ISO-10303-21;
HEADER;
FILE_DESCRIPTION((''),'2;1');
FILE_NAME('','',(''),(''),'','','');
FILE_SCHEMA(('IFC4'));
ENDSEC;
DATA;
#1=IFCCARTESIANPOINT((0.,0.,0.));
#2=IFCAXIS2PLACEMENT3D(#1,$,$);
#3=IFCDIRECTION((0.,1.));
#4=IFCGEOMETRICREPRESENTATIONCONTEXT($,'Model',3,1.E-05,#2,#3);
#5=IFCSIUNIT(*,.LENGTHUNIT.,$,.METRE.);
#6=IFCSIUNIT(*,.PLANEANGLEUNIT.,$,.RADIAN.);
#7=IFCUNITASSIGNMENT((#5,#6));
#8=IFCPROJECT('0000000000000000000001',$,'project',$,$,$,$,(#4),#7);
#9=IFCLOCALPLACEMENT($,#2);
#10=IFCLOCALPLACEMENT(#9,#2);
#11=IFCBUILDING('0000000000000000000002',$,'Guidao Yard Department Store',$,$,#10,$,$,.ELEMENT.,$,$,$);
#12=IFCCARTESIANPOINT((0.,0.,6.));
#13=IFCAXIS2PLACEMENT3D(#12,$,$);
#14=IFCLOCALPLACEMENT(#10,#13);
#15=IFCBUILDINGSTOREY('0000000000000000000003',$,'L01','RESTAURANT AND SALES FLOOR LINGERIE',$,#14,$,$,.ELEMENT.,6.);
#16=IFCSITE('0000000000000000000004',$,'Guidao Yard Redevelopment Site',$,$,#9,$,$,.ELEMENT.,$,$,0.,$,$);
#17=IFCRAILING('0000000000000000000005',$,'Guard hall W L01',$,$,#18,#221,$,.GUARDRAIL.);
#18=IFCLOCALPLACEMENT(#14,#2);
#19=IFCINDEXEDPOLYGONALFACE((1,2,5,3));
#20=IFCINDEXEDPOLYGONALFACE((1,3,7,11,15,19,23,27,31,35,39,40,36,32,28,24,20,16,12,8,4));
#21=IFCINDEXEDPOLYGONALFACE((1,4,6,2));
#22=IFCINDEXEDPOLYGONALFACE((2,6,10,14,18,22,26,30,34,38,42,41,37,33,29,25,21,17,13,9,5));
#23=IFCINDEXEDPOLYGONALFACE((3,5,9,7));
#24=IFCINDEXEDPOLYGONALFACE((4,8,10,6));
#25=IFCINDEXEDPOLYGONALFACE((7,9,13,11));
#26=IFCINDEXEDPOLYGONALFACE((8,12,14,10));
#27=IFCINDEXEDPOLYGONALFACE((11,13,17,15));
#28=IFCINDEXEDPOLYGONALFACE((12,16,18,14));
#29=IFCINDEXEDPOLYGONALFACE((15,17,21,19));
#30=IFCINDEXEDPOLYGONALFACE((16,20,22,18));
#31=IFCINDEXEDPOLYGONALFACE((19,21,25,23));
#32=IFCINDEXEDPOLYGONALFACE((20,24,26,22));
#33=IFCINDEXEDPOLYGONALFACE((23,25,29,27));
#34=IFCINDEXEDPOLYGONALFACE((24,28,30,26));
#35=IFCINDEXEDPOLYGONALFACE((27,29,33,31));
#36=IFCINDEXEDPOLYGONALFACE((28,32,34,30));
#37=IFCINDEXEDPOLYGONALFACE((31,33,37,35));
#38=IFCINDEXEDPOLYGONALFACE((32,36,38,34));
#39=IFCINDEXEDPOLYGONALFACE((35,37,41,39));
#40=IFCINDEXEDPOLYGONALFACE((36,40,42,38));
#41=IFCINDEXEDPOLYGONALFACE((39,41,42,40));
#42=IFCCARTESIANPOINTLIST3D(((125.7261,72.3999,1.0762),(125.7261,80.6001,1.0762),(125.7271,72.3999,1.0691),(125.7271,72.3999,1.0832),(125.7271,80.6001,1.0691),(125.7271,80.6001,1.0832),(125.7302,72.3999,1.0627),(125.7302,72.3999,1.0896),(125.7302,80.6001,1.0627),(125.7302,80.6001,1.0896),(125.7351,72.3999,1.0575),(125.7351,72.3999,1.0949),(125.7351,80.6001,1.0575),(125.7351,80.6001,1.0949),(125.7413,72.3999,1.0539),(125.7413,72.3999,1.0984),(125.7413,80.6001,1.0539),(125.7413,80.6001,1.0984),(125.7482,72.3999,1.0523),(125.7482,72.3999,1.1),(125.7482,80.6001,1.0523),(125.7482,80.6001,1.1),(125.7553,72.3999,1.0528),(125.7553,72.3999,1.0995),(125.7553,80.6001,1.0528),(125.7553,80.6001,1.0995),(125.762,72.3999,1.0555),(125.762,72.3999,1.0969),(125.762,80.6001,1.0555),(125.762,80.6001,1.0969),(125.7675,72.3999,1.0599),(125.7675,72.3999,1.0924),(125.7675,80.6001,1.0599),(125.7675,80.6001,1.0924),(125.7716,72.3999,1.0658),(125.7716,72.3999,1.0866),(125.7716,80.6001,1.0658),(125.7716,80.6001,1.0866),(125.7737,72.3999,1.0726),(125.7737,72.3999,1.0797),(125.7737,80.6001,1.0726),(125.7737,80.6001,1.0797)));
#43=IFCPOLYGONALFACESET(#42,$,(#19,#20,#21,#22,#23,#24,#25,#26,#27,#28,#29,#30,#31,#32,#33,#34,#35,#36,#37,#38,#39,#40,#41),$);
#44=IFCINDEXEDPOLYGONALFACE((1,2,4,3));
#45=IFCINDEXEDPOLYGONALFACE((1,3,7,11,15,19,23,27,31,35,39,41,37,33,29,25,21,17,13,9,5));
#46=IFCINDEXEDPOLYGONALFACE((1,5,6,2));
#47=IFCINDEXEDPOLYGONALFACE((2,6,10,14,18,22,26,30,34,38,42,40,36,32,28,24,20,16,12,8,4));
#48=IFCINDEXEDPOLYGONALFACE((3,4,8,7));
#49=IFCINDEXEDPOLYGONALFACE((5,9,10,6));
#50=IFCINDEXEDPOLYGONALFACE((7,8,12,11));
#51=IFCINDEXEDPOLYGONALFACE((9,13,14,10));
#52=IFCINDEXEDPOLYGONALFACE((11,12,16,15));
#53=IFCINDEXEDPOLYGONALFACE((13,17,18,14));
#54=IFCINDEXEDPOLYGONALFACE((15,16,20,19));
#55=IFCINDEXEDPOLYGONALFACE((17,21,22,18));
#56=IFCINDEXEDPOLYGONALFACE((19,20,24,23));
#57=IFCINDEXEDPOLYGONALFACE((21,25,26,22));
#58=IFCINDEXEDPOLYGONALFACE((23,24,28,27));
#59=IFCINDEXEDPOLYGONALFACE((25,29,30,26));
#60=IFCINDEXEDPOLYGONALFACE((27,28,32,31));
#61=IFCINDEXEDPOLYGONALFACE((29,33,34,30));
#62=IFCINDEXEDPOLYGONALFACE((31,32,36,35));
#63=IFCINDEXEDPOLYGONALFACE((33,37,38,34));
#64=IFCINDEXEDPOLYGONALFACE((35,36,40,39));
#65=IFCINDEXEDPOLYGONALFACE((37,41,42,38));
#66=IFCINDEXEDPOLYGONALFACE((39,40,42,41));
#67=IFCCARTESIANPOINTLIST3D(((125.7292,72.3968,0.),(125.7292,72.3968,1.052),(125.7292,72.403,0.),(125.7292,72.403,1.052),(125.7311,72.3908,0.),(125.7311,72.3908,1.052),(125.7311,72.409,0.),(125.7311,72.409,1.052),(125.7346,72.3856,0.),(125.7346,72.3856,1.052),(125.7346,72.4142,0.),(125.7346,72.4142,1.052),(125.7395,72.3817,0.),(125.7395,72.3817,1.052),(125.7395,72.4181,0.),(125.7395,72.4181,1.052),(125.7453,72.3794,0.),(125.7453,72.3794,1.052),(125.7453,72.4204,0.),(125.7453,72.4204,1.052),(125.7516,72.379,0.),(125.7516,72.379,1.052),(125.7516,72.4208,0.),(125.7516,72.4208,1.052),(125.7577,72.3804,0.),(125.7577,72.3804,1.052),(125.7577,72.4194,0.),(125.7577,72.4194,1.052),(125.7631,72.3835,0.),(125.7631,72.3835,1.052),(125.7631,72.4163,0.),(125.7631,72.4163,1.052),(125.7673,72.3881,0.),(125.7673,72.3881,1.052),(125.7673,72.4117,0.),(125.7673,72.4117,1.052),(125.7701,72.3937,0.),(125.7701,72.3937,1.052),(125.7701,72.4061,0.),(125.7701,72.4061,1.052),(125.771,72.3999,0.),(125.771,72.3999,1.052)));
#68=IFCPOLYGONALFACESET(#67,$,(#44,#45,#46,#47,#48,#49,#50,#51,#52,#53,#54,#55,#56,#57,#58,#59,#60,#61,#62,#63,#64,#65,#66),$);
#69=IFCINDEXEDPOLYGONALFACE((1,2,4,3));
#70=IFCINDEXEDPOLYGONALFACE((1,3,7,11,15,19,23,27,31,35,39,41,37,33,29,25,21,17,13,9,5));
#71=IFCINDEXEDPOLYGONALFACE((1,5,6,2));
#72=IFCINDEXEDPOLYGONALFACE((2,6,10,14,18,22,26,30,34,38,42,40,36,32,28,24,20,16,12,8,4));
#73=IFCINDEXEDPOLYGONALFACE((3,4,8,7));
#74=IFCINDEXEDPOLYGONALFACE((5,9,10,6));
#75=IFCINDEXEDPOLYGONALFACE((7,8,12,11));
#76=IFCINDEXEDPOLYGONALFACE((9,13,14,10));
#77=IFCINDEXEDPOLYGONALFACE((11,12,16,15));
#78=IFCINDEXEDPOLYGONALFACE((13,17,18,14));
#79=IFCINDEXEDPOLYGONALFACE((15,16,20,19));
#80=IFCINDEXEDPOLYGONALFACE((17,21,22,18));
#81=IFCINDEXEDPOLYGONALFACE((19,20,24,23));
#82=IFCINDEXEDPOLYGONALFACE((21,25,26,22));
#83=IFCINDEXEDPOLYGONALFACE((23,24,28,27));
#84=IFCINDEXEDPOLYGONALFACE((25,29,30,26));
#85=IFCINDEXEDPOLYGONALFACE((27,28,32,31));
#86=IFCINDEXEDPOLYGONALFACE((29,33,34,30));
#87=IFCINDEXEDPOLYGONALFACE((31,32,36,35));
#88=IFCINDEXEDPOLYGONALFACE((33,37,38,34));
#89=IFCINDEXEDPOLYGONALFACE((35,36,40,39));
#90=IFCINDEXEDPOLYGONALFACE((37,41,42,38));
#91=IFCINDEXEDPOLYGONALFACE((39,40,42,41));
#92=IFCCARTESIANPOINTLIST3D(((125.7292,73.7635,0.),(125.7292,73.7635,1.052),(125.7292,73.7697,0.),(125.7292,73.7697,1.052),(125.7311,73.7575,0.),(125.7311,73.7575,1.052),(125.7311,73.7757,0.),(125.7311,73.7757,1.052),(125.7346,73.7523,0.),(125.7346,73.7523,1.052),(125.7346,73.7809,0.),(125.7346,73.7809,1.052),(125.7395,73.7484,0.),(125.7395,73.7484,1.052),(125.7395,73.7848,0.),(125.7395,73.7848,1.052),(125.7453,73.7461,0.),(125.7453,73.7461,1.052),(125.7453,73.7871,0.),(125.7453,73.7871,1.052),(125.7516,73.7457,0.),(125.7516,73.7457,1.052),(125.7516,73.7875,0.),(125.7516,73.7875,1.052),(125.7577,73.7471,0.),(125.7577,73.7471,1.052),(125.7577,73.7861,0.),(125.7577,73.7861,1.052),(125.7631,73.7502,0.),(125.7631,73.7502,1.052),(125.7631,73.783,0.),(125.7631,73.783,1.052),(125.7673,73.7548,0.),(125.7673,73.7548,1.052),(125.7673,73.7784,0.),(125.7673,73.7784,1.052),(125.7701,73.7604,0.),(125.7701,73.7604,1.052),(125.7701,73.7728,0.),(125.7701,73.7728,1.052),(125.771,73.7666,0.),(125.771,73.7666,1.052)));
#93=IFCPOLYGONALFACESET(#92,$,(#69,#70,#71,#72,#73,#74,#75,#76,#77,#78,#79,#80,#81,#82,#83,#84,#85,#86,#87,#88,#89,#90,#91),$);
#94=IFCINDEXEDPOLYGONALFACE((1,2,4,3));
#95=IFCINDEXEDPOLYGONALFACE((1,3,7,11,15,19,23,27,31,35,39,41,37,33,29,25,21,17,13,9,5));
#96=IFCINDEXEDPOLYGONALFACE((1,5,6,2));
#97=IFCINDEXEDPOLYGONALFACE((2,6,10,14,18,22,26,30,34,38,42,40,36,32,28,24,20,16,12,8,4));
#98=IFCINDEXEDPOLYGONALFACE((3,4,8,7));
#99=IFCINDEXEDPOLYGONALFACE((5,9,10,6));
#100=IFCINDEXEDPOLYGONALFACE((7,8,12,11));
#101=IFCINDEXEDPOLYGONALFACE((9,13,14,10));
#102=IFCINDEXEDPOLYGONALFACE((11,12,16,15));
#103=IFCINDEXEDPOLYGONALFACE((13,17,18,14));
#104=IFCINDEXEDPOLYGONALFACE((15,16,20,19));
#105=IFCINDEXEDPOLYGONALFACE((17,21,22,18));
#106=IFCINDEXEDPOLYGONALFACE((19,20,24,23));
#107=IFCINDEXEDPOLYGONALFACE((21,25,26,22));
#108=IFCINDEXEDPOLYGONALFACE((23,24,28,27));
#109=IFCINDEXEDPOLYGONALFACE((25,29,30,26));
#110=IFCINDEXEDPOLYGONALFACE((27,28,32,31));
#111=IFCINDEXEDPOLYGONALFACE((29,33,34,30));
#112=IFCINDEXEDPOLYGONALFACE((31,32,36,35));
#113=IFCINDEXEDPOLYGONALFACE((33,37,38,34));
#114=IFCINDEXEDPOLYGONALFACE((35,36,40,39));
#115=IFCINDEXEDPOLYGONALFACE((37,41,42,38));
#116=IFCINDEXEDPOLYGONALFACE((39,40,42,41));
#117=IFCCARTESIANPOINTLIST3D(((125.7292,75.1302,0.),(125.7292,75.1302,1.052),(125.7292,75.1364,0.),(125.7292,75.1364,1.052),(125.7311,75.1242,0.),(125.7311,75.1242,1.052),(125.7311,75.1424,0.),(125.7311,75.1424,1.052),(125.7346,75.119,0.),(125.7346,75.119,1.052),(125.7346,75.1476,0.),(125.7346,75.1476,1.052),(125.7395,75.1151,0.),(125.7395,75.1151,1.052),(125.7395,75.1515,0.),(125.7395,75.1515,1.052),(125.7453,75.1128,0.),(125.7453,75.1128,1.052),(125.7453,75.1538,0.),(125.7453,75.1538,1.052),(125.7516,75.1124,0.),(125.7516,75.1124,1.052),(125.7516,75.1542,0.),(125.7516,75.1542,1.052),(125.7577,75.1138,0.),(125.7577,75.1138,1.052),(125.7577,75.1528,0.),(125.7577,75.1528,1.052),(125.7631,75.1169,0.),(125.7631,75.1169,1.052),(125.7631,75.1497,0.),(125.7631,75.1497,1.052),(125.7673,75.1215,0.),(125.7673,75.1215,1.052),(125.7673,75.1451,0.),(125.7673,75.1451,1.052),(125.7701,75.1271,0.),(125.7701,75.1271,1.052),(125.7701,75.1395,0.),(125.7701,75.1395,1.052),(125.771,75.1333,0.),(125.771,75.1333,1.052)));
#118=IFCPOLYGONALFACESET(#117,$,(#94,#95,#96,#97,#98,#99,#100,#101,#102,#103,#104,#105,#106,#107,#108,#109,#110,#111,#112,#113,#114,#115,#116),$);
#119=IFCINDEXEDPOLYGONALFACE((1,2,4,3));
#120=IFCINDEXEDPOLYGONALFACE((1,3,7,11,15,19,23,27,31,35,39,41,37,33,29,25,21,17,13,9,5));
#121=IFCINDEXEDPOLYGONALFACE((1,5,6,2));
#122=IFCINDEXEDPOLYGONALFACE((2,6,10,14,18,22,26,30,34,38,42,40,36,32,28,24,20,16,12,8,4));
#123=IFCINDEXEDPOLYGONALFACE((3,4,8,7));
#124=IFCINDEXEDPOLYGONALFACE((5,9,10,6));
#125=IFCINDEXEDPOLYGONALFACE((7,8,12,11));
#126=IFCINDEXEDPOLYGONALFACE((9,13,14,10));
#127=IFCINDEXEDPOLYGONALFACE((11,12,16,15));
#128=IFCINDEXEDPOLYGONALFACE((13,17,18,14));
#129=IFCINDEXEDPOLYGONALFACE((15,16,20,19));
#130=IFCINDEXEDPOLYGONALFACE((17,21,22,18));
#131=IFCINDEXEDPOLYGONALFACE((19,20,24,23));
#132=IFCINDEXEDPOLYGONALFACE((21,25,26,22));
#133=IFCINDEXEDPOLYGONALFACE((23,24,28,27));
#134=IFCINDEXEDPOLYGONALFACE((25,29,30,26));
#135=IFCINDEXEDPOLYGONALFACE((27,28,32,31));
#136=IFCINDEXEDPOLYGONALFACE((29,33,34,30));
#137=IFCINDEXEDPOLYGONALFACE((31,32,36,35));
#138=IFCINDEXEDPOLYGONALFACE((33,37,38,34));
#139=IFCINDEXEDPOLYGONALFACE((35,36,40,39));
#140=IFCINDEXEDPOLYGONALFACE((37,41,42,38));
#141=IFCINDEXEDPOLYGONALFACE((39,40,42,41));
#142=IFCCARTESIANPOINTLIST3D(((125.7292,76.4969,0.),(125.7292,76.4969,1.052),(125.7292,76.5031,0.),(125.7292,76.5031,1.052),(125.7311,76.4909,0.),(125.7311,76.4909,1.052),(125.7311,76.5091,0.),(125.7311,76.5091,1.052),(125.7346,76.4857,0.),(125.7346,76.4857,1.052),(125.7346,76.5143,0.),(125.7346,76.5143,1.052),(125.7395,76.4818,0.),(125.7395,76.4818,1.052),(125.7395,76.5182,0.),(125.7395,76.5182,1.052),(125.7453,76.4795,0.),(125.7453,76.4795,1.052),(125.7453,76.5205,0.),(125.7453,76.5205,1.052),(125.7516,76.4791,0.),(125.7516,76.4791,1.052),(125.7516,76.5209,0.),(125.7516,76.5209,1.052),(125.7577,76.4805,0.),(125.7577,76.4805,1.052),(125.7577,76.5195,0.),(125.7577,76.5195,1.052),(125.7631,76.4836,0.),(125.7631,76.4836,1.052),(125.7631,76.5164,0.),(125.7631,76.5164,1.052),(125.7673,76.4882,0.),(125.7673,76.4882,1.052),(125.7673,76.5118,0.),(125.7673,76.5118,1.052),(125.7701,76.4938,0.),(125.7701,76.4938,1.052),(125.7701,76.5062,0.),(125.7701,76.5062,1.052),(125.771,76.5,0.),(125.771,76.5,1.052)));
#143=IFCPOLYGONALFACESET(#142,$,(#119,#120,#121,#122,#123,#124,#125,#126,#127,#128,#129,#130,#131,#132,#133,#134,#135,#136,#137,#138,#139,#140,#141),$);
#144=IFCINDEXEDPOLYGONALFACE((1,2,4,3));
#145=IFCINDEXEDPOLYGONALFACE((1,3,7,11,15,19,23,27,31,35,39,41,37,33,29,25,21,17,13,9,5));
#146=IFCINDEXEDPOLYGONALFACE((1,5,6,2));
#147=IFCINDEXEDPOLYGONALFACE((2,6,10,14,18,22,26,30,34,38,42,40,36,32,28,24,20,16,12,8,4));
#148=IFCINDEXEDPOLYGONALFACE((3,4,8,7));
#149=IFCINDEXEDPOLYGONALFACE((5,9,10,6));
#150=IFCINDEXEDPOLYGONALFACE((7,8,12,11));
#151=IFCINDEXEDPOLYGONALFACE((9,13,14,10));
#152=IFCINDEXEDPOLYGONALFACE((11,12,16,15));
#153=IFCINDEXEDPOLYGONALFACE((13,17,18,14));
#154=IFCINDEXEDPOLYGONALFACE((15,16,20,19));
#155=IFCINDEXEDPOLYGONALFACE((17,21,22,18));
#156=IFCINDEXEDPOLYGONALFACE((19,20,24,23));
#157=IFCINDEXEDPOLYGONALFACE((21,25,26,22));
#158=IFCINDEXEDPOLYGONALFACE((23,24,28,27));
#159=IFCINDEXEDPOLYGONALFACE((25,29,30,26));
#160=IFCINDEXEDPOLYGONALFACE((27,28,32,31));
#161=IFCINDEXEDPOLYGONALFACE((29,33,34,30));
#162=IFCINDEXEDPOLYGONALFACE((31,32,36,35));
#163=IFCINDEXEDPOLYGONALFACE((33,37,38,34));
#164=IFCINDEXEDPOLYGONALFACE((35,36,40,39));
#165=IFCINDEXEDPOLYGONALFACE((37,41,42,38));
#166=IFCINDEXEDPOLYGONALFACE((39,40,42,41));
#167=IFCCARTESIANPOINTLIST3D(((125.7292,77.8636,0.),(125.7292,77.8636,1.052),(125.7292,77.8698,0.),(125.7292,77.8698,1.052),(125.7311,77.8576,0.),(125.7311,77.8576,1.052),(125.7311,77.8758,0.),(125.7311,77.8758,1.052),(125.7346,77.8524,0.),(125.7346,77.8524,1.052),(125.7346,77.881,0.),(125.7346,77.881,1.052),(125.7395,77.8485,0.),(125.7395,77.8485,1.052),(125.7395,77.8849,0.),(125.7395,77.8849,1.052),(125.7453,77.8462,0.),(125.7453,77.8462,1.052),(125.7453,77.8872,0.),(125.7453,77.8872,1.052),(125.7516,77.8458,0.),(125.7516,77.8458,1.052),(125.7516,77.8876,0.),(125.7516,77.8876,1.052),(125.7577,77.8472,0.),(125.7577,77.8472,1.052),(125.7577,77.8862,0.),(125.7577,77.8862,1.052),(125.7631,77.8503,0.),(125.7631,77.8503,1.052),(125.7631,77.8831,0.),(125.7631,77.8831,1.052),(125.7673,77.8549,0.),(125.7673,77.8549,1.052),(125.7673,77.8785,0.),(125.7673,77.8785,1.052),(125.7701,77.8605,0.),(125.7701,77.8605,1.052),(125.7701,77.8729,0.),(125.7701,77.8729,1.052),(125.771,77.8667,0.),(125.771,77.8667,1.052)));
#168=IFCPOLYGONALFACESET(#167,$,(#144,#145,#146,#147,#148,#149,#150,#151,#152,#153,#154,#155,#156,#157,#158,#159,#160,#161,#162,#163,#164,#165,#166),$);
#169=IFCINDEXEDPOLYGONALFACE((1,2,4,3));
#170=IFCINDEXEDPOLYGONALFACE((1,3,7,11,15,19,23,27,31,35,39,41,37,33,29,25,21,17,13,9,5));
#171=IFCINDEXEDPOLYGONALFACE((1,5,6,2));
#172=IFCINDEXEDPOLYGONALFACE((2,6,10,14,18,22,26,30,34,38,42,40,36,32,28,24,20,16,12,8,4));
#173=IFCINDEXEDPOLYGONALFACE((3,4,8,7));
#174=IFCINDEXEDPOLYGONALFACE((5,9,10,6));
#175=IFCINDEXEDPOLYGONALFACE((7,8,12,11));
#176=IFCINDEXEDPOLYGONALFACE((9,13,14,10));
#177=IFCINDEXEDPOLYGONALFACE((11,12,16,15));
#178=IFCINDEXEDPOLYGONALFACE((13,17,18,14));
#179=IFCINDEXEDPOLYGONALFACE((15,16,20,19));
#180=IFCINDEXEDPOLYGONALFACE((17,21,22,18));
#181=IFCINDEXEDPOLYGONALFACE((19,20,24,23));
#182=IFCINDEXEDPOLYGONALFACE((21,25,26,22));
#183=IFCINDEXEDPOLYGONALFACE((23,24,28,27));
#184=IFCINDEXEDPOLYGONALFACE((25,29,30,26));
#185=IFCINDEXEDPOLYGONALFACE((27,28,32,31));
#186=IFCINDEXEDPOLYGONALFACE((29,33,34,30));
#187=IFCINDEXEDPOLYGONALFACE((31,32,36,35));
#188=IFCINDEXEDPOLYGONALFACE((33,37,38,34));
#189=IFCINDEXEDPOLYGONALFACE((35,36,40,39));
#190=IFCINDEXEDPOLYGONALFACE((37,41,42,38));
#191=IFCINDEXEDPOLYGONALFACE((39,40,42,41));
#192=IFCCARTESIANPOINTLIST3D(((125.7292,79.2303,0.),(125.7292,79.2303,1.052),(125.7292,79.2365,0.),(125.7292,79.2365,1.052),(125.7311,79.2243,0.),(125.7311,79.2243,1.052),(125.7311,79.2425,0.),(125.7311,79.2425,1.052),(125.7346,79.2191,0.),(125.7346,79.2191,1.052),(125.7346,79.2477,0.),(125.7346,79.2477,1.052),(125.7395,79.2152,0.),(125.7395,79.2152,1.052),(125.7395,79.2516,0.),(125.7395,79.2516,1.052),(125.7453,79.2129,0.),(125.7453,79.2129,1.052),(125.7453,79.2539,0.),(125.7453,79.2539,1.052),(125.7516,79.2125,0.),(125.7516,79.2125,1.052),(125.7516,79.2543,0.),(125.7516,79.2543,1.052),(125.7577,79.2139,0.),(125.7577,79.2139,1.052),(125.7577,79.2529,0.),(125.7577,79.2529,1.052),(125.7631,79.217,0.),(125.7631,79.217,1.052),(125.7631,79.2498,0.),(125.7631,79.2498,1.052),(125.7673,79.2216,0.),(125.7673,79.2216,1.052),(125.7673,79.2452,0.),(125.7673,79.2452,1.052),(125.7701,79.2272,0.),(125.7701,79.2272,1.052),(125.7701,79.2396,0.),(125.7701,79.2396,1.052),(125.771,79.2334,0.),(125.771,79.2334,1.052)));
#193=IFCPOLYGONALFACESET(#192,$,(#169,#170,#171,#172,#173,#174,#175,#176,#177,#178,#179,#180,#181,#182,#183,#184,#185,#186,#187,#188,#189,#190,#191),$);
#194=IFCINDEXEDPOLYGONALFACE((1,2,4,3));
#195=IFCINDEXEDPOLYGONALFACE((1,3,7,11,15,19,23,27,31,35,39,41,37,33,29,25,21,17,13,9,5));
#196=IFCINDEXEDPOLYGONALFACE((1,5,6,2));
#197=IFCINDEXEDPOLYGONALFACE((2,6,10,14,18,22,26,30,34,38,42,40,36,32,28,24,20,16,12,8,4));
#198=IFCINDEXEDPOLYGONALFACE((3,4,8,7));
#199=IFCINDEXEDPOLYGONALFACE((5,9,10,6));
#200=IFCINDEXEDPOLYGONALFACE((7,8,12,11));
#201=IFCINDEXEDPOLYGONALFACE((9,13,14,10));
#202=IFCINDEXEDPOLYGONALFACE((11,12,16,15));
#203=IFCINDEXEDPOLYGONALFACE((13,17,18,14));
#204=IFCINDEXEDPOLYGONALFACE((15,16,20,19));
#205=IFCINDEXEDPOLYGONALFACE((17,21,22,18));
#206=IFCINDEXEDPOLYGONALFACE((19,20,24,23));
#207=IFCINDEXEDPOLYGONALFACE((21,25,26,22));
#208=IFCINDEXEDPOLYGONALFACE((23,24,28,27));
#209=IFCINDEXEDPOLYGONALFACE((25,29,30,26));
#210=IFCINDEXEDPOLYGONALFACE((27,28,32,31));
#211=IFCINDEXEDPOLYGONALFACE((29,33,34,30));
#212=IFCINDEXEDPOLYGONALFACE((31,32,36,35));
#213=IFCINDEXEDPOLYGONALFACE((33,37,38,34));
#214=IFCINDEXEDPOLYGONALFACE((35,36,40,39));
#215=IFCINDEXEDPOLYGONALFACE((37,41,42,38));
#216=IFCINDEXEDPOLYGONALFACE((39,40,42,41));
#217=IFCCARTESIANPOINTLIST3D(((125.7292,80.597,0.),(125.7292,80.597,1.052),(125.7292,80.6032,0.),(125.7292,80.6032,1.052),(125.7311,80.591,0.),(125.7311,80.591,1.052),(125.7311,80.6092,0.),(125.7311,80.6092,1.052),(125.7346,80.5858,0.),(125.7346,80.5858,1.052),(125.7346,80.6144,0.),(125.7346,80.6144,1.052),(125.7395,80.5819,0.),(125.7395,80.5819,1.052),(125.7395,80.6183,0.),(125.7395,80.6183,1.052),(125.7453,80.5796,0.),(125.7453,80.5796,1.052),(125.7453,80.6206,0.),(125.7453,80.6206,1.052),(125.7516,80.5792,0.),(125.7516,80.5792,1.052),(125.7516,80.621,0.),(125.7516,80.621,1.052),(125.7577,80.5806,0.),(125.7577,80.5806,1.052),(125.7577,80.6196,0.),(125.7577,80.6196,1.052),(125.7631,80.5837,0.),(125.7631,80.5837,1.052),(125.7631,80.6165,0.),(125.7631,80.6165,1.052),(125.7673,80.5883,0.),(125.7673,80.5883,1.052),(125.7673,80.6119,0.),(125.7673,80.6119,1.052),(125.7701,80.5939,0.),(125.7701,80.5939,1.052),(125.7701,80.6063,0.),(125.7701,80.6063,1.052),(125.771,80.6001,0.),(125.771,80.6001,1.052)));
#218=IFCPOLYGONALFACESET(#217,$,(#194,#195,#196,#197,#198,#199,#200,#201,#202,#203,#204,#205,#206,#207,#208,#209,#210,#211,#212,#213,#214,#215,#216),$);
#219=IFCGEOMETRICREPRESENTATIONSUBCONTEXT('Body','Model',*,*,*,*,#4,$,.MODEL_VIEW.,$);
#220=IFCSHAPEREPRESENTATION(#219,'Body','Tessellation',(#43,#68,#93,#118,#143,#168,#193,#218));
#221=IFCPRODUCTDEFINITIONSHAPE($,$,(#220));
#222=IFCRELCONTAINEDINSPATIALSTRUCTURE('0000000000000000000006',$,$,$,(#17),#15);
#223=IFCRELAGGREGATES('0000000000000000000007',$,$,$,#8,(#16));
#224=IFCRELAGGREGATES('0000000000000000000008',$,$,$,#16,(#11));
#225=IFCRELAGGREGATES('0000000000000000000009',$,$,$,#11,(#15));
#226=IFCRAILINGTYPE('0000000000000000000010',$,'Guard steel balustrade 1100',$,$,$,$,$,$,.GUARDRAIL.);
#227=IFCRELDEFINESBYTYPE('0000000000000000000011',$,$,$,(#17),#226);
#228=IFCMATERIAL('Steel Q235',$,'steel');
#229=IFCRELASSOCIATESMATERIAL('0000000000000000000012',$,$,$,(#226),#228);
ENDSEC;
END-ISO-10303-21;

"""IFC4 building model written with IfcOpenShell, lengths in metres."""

from ifc_helpers import new_model, si_unit, direction, frame, origin, origin_2d, place, context, subcontext, project, spatial, circle, extrude, material, type_object, element, save


model = new_model("IFC4")

# Units and contexts
model_context = context("Model", 3, precision=1e-05, world=origin(), true_north=direction((0.0, 1.0)))
body_context = subcontext(model_context, "Body", "Model", "MODEL_VIEW")
ifc_project = project(units=[si_unit("LENGTHUNIT", "METRE"), si_unit("PLANEANGLEUNIT", "RADIAN")], contexts=[model_context])

# Site, building, storey
site_placement = place(None, origin())
site = spatial("IfcSite", under=ifc_project, at=site_placement, Name="Guidao Yard Redevelopment Site", CompositionType="ELEMENT", RefElevation=0.0)
building_placement = place(site_placement, origin())
building = spatial("IfcBuilding", under=site, at=building_placement, Name="Guidao Yard Department Store", CompositionType="ELEMENT")
storey_placement = place(building_placement, frame((0.0, 0.0, 6.0)))
storey = spatial("IfcBuildingStorey", under=building, at=storey_placement, Name="L01", Description="RESTAURANT AND SALES FLOOR LINGERIE", CompositionType="ELEMENT", Elevation=6.0)

# Railing
ifc_material_1 = material(Name="Steel Q235", Category="steel")
railing_type = type_object("IfcRailingType", Name="Guard steel balustrade 1100", PredefinedType="GUARDRAIL", material=ifc_material_1)
for number, where, name in (
    (1, (125.75, 72.3999, 0.0), "Guard hall W L01"),
):
    element("IfcRailing", number, at=place(storey_placement, frame(where)), inside=storey, type_object=railing_type, Name=name, PredefinedType="GUARDRAIL", context=body_context, shape_type="SweptSolid", body=[
        extrude(circle(Radius=0.0239, at=origin_2d()), frame((0.0, 0.0, 1.0762), z_axis=(0.0, 1.0, 0.0), x_axis=(-1.0, 0.0, 0.0)), (0.0, 0.0, 1.0), 8.2002),
        extrude(circle(Radius=0.021, at=origin_2d()), origin(), (0.0, 0.0, 1.0), 1.052),
        extrude(circle(Radius=0.021, at=origin_2d()), frame((0.0, 1.3667, 0.0)), (0.0, 0.0, 1.0), 1.052),
        extrude(circle(Radius=0.021, at=origin_2d()), frame((0.0, 2.7334, 0.0)), (0.0, 0.0, 1.0), 1.052),
        extrude(circle(Radius=0.021, at=origin_2d()), frame((0.0, 4.1001, 0.0)), (0.0, 0.0, 1.0), 1.052),
        extrude(circle(Radius=0.021, at=origin_2d()), frame((0.0, 5.4668, 0.0)), (0.0, 0.0, 1.0), 1.052),
        extrude(circle(Radius=0.021, at=origin_2d()), frame((0.0, 6.8335, 0.0)), (0.0, 0.0, 1.0), 1.052),
        extrude(circle(Radius=0.021, at=origin_2d()), frame((0.0, 8.2002, 0.0)), (0.0, 0.0, 1.0), 1.052),
    ])

save(model, "model.ifc")
